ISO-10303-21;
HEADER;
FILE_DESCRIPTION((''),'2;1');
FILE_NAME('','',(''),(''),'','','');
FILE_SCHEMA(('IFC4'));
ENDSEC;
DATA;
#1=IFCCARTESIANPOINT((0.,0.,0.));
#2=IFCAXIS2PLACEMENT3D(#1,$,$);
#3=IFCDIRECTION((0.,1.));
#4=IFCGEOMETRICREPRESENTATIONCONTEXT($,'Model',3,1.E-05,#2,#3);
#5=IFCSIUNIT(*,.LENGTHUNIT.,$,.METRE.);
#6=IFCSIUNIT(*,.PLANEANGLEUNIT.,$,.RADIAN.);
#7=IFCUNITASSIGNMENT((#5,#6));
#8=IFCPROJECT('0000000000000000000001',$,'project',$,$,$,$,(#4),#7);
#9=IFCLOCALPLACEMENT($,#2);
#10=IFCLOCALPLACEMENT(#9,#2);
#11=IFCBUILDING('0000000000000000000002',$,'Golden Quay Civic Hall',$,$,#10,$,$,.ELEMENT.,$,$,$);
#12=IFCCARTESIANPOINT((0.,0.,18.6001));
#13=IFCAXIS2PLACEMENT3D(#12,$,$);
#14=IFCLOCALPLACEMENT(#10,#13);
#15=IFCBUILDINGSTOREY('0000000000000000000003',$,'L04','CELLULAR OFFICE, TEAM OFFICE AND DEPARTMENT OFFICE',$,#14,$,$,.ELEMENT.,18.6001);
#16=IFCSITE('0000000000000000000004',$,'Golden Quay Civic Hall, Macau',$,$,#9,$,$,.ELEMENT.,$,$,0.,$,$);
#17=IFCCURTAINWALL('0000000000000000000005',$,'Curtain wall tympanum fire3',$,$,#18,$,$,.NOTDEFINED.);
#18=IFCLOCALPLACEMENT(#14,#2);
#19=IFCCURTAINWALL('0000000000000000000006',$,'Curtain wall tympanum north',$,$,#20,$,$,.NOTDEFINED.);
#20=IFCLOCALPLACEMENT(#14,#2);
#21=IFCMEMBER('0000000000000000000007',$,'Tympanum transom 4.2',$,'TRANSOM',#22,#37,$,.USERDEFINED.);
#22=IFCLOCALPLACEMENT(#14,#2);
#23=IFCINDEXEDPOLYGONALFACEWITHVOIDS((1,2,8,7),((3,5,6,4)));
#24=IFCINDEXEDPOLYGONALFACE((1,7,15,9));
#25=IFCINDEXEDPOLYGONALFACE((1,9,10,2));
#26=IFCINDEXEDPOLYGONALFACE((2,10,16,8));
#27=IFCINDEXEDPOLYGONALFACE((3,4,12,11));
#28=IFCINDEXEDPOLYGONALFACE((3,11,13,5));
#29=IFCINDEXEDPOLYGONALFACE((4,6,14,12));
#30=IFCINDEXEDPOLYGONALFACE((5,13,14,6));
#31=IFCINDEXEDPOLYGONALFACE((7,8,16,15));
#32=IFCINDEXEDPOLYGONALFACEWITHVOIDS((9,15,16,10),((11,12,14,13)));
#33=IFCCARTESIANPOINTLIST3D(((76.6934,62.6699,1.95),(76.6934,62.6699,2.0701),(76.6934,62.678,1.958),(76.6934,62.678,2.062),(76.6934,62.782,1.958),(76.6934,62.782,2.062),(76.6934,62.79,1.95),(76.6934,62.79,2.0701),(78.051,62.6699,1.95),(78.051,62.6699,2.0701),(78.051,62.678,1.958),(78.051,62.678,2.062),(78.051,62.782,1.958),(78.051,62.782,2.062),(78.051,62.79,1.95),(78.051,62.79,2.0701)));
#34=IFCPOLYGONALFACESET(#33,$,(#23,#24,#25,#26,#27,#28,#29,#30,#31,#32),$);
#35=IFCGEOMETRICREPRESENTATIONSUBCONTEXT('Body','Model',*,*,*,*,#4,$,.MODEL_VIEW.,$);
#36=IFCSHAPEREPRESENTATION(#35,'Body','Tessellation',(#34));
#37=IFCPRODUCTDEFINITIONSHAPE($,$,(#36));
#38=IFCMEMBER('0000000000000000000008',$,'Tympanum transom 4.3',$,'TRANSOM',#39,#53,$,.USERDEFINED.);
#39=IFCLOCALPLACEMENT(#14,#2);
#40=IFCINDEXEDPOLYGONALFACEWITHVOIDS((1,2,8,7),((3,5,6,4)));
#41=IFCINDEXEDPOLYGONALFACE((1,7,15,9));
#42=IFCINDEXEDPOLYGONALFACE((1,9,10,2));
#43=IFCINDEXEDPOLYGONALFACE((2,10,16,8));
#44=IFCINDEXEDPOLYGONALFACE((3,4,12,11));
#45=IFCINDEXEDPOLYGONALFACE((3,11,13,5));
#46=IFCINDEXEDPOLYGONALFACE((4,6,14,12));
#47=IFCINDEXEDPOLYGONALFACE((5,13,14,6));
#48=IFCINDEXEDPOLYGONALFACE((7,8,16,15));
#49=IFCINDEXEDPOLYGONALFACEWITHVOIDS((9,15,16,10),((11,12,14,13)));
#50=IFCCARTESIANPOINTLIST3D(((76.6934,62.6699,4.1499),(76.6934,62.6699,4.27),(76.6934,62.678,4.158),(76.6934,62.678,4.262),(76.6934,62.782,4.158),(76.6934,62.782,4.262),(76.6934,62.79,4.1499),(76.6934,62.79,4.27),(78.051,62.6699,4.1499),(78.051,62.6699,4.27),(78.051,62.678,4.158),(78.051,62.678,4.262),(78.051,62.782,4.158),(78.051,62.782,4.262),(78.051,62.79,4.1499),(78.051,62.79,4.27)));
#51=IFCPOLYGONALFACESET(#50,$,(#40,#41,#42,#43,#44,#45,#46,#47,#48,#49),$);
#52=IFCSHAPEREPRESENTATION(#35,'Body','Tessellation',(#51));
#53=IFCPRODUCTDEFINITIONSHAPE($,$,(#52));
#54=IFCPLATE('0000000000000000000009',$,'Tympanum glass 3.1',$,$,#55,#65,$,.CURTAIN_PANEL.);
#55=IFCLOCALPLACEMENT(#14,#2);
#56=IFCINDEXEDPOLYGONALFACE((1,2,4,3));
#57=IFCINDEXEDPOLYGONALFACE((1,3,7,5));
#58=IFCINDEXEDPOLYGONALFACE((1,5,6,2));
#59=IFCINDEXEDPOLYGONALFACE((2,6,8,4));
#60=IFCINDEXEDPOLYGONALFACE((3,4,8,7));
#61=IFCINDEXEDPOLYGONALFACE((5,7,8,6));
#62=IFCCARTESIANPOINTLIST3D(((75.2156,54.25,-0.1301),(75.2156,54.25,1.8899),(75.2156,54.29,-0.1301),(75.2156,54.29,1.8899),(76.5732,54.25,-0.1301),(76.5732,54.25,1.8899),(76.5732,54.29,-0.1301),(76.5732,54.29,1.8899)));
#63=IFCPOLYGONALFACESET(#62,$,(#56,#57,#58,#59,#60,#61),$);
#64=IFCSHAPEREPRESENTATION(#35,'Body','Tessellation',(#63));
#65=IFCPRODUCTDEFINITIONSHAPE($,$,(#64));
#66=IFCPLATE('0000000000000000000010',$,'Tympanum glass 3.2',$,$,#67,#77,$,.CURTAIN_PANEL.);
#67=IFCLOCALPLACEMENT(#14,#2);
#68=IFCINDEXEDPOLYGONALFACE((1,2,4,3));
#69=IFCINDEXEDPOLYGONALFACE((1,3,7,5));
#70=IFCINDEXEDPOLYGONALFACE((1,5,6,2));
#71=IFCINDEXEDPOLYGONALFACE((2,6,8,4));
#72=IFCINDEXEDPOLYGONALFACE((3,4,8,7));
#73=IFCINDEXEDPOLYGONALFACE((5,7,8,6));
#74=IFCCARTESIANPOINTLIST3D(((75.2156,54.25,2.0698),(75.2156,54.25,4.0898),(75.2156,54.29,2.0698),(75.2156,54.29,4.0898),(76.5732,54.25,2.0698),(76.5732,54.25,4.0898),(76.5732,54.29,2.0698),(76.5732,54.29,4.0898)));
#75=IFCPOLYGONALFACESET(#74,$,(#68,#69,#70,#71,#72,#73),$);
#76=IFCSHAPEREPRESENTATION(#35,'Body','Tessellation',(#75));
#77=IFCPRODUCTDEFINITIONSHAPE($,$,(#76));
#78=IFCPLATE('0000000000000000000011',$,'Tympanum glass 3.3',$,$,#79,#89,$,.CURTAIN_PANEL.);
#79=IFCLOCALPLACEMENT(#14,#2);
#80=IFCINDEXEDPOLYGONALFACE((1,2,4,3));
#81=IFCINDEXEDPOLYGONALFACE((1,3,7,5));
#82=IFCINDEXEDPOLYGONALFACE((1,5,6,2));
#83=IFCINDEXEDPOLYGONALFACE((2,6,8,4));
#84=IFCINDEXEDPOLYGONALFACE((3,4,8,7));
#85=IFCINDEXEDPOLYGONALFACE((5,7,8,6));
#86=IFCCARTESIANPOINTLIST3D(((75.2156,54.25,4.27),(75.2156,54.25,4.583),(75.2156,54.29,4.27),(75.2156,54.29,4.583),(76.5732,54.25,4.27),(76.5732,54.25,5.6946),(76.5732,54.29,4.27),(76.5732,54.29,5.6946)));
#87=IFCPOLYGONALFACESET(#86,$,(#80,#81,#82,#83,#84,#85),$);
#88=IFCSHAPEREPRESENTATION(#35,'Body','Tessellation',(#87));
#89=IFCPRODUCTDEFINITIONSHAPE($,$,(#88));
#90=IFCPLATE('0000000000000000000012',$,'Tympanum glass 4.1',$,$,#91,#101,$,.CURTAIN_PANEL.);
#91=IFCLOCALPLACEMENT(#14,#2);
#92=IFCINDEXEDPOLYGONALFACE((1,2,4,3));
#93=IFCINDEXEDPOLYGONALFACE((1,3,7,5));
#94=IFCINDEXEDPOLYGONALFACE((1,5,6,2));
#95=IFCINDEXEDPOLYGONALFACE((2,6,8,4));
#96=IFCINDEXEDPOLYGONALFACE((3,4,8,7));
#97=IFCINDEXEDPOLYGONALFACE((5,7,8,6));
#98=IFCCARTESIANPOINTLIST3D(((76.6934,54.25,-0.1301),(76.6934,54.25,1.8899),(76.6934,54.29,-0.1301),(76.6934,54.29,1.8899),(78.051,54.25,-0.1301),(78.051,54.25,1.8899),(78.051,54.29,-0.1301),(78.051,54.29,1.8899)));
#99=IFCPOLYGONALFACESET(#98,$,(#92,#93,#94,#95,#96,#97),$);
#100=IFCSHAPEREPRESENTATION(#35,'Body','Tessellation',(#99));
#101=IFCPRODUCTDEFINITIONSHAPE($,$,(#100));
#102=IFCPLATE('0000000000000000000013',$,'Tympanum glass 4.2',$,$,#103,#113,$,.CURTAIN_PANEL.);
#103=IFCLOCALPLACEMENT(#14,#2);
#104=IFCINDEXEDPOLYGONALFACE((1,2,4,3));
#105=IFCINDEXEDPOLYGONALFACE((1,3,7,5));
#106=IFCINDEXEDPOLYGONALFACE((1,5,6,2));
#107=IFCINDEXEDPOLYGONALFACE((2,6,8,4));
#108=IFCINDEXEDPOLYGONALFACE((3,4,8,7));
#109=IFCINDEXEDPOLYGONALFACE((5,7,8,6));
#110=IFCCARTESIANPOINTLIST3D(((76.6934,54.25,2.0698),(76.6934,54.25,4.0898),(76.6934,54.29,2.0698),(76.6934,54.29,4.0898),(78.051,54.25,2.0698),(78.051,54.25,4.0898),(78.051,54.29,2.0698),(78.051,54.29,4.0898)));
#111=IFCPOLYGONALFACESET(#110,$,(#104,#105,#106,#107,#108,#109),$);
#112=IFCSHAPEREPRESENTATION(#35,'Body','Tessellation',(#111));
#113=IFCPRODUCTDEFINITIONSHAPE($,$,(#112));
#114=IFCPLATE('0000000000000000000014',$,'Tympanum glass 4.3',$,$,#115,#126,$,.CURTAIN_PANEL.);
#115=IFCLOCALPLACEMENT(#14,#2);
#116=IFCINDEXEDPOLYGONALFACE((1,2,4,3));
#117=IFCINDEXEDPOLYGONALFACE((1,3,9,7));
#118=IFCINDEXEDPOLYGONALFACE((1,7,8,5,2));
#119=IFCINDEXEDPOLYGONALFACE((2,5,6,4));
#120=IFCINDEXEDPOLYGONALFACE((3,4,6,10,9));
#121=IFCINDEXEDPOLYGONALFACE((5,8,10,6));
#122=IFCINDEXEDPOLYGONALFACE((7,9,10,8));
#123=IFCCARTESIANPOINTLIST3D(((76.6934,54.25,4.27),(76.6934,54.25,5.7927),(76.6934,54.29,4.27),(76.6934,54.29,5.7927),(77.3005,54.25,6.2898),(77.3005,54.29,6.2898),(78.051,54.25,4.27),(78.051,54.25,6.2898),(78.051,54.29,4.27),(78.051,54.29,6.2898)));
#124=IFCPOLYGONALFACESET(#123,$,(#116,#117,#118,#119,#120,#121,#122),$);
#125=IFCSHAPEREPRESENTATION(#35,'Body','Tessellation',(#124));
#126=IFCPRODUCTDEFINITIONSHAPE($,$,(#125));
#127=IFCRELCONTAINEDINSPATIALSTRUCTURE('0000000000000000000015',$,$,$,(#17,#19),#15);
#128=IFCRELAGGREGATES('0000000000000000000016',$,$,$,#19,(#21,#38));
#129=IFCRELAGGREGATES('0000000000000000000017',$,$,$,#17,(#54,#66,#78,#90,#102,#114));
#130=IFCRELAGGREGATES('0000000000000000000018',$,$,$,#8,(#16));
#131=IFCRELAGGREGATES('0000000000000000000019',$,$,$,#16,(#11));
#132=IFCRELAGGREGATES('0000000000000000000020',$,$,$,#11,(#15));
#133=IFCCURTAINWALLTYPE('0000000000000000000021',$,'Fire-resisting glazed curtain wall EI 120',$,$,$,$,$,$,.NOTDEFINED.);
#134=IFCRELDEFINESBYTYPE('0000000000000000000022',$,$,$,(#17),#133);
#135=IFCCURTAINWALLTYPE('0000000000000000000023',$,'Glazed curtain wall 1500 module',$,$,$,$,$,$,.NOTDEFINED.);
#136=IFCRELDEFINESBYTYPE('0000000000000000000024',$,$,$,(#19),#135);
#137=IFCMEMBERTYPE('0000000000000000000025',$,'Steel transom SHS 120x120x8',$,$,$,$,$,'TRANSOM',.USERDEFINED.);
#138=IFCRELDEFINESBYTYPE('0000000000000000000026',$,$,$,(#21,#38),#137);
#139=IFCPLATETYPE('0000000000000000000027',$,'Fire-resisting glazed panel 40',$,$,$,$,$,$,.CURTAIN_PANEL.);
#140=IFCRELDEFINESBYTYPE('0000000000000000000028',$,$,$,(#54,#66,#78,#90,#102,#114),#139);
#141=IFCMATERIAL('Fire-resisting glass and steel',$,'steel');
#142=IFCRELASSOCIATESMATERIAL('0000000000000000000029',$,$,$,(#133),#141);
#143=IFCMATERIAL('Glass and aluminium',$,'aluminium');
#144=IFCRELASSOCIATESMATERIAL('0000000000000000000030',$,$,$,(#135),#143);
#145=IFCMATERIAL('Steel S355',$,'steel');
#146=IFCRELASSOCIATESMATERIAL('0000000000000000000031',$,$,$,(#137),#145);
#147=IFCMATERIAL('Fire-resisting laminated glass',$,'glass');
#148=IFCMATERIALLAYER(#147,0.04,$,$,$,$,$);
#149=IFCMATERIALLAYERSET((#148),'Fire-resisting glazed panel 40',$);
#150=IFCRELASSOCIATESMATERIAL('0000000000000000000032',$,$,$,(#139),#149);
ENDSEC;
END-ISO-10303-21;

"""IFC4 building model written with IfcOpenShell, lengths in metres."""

from ifc_helpers import new_model, si_unit, direction, frame, origin, origin_2d, place, context, subcontext, project, spatial, polyline, hollow_rectangle, outline, extrude, material, layer, layer_set, material_profile, profile_set, type_object, element, aggregate, save


model = new_model("IFC4")

# Units and contexts
model_context = context("Model", 3, precision=1e-05, world=origin(), true_north=direction((0.0, 1.0)))
body_context = subcontext(model_context, "Body", "Model", "MODEL_VIEW")
ifc_project = project(units=[si_unit("LENGTHUNIT", "METRE"), si_unit("PLANEANGLEUNIT", "RADIAN")], contexts=[model_context])

# Site, building, storey
site_placement = place(None, origin())
site = spatial("IfcSite", under=ifc_project, at=site_placement, Name="Golden Quay Civic Hall, Macau", CompositionType="ELEMENT", RefElevation=0.0)
building_placement = place(site_placement, origin())
building = spatial("IfcBuilding", under=site, at=building_placement, Name="Golden Quay Civic Hall", CompositionType="ELEMENT")
storey_placement = place(building_placement, frame((0.0, 0.0, 18.6001)))
storey = spatial("IfcBuildingStorey", under=building, at=storey_placement, Name="L04", Description="CELLULAR OFFICE, TEAM OFFICE AND DEPARTMENT OFFICE", CompositionType="ELEMENT", Elevation=18.6001)

# Curtain wall
ifc_material_1 = material(Name="Fire-resisting glass and steel", Category="steel")
curtain_wall_type_1 = type_object("IfcCurtainWallType", Name="Fire-resisting glazed curtain wall EI 120", PredefinedType="NOTDEFINED", material=ifc_material_1)
curtain_wall_1_placement = place(storey_placement, origin())
curtain_wall_1 = element("IfcCurtainWall", 1, at=curtain_wall_1_placement, inside=storey, type_object=curtain_wall_type_1, Name="Curtain wall tympanum fire3", PredefinedType="NOTDEFINED")

# Curtain wall
ifc_material_2 = material(Name="Glass and aluminium", Category="aluminium")
curtain_wall_type_2 = type_object("IfcCurtainWallType", Name="Glazed curtain wall 1500 module", PredefinedType="NOTDEFINED", material=ifc_material_2)
curtain_wall_2_placement = place(storey_placement, origin())
curtain_wall_2 = element("IfcCurtainWall", 2, at=curtain_wall_2_placement, inside=storey, type_object=curtain_wall_type_2, Name="Curtain wall tympanum north", PredefinedType="NOTDEFINED")

# Members
ifc_material_3 = material(Name="Steel S355", Category="steel")
ifc_material_profile_1 = material_profile(ifc_material_3, hollow_rectangle(XDim=0.1201, YDim=0.1201, WallThickness=0.0081, at=origin_2d()), Name="SHS 120x120x8")
ifc_profile_set_1 = profile_set([ifc_material_profile_1], Name="Steel S355")
member_type_1 = type_object("IfcMemberType", Name="Steel transom SHS 120x120x8", ElementType="TRANSOM", PredefinedType="USERDEFINED", material=ifc_profile_set_1)
member_1_placement = place(storey_placement, frame((76.6934, 62.73, 2.01), z_axis=(1.0, 0.0, 0.0), x_axis=(0.0, 1.0, 0.0)))
member_1 = element("IfcMember", 3, at=member_1_placement, type_object=member_type_1, Name="Tympanum transom 4.2", ObjectType="TRANSOM", PredefinedType="USERDEFINED", context=body_context, shape_type="SweptSolid", body=[
    extrude(hollow_rectangle(XDim=0.1201, YDim=0.1201, WallThickness=0.0081, at=origin_2d()), origin(), (0.0, 0.0, 1.0), 1.3577),
])
member_2_placement = place(storey_placement, frame((76.6934, 62.73, 4.21), z_axis=(1.0, 0.0, 0.0), x_axis=(0.0, 1.0, 0.0)))
member_2 = element("IfcMember", 4, at=member_2_placement, type_object=member_type_1, Name="Tympanum transom 4.3", ObjectType="TRANSOM", PredefinedType="USERDEFINED", context=body_context, shape_type="SweptSolid", body=[
    extrude(hollow_rectangle(XDim=0.1201, YDim=0.1201, WallThickness=0.0081, at=origin_2d()), origin(), (0.0, 0.0, 1.0), 1.3577),
])
aggregate(curtain_wall_2, [member_1, member_2])

# Plates
ifc_material_4 = material(Name="Fire-resisting laminated glass", Category="glass")
ifc_layer = layer(ifc_material_4, 0.04)
ifc_layer_set = layer_set([ifc_layer], Name="Fire-resisting glazed panel 40")
plate_type = type_object("IfcPlateType", Name="Fire-resisting glazed panel 40", PredefinedType="CURTAIN_PANEL", material=ifc_layer_set)
plate_1_placement = place(storey_placement, frame((76.5732, 54.29, -0.1301), z_axis=(0.0, 1.0, 0.0), x_axis=(-1.0, 0.0, 0.0)))
plate_1 = element("IfcPlate", 5, at=plate_1_placement, type_object=plate_type, Name="Tympanum glass 3.1", PredefinedType="CURTAIN_PANEL", context=body_context, shape_type="SweptSolid", body=[
    extrude(outline(polyline([(0.0, 0.0), (1.3577, 0.0), (1.3577, 2.02), (0.0, 2.02), (0.0, 0.0)])), origin(), (0.0, 0.0, -1.0), 0.04),
])
plate_2_placement = place(storey_placement, frame((76.5732, 54.29, 2.0698), z_axis=(0.0, 1.0, 0.0), x_axis=(-1.0, 0.0, 0.0)))
plate_2 = element("IfcPlate", 6, at=plate_2_placement, type_object=plate_type, Name="Tympanum glass 3.2", PredefinedType="CURTAIN_PANEL", context=body_context, shape_type="SweptSolid", body=[
    extrude(outline(polyline([(0.0, 0.0), (1.3577, 0.0), (1.3577, 2.02), (0.0, 2.02), (0.0, 0.0)])), origin(), (0.0, 0.0, -1.0), 0.04),
])
plate_3_placement = place(storey_placement, frame((76.5732, 54.29, 4.27), z_axis=(0.0, 1.0, 0.0), x_axis=(-1.0, 0.0, 0.0)))
plate_3 = element("IfcPlate", 7, at=plate_3_placement, type_object=plate_type, Name="Tympanum glass 3.3", PredefinedType="CURTAIN_PANEL", context=body_context, shape_type="SweptSolid", body=[
    extrude(outline(polyline([(0.0, 0.0), (1.3577, 0.0), (1.3577, 0.313), (0.0, 1.4246), (0.0, 0.0)])), origin(), (0.0, 0.0, -1.0), 0.04),
])
plate_4_placement = place(storey_placement, frame((78.051, 54.29, -0.1301), z_axis=(0.0, 1.0, 0.0), x_axis=(-1.0, 0.0, 0.0)))
plate_4 = element("IfcPlate", 8, at=plate_4_placement, type_object=plate_type, Name="Tympanum glass 4.1", PredefinedType="CURTAIN_PANEL", context=body_context, shape_type="SweptSolid", body=[
    extrude(outline(polyline([(0.0, 0.0), (1.3577, 0.0), (1.3577, 2.02), (0.0, 2.02), (0.0, 0.0)])), origin(), (0.0, 0.0, -1.0), 0.04),
])
plate_5_placement = place(storey_placement, frame((78.051, 54.29, 2.0698), z_axis=(0.0, 1.0, 0.0), x_axis=(-1.0, 0.0, 0.0)))
plate_5 = element("IfcPlate", 9, at=plate_5_placement, type_object=plate_type, Name="Tympanum glass 4.2", PredefinedType="CURTAIN_PANEL", context=body_context, shape_type="SweptSolid", body=[
    extrude(outline(polyline([(0.0, 0.0), (1.3577, 0.0), (1.3577, 2.02), (0.0, 2.02), (0.0, 0.0)])), origin(), (0.0, 0.0, -1.0), 0.04),
])
plate_6_placement = place(storey_placement, frame((78.051, 54.29, 4.27), z_axis=(0.0, 1.0, 0.0), x_axis=(-1.0, 0.0, 0.0)))
plate_6 = element("IfcPlate", 10, at=plate_6_placement, type_object=plate_type, Name="Tympanum glass 4.3", PredefinedType="CURTAIN_PANEL", context=body_context, shape_type="SweptSolid", body=[
    extrude(outline(polyline([(0.0, 0.0), (1.3577, 0.0), (1.3577, 1.5227), (0.7505, 2.0198), (0.0, 2.0198), (0.0, 0.0)])), origin(), (0.0, 0.0, -1.0), 0.04),
])
aggregate(curtain_wall_1, [plate_1, plate_2, plate_3, plate_4, plate_5, plate_6])

save(model, "model.ifc")
